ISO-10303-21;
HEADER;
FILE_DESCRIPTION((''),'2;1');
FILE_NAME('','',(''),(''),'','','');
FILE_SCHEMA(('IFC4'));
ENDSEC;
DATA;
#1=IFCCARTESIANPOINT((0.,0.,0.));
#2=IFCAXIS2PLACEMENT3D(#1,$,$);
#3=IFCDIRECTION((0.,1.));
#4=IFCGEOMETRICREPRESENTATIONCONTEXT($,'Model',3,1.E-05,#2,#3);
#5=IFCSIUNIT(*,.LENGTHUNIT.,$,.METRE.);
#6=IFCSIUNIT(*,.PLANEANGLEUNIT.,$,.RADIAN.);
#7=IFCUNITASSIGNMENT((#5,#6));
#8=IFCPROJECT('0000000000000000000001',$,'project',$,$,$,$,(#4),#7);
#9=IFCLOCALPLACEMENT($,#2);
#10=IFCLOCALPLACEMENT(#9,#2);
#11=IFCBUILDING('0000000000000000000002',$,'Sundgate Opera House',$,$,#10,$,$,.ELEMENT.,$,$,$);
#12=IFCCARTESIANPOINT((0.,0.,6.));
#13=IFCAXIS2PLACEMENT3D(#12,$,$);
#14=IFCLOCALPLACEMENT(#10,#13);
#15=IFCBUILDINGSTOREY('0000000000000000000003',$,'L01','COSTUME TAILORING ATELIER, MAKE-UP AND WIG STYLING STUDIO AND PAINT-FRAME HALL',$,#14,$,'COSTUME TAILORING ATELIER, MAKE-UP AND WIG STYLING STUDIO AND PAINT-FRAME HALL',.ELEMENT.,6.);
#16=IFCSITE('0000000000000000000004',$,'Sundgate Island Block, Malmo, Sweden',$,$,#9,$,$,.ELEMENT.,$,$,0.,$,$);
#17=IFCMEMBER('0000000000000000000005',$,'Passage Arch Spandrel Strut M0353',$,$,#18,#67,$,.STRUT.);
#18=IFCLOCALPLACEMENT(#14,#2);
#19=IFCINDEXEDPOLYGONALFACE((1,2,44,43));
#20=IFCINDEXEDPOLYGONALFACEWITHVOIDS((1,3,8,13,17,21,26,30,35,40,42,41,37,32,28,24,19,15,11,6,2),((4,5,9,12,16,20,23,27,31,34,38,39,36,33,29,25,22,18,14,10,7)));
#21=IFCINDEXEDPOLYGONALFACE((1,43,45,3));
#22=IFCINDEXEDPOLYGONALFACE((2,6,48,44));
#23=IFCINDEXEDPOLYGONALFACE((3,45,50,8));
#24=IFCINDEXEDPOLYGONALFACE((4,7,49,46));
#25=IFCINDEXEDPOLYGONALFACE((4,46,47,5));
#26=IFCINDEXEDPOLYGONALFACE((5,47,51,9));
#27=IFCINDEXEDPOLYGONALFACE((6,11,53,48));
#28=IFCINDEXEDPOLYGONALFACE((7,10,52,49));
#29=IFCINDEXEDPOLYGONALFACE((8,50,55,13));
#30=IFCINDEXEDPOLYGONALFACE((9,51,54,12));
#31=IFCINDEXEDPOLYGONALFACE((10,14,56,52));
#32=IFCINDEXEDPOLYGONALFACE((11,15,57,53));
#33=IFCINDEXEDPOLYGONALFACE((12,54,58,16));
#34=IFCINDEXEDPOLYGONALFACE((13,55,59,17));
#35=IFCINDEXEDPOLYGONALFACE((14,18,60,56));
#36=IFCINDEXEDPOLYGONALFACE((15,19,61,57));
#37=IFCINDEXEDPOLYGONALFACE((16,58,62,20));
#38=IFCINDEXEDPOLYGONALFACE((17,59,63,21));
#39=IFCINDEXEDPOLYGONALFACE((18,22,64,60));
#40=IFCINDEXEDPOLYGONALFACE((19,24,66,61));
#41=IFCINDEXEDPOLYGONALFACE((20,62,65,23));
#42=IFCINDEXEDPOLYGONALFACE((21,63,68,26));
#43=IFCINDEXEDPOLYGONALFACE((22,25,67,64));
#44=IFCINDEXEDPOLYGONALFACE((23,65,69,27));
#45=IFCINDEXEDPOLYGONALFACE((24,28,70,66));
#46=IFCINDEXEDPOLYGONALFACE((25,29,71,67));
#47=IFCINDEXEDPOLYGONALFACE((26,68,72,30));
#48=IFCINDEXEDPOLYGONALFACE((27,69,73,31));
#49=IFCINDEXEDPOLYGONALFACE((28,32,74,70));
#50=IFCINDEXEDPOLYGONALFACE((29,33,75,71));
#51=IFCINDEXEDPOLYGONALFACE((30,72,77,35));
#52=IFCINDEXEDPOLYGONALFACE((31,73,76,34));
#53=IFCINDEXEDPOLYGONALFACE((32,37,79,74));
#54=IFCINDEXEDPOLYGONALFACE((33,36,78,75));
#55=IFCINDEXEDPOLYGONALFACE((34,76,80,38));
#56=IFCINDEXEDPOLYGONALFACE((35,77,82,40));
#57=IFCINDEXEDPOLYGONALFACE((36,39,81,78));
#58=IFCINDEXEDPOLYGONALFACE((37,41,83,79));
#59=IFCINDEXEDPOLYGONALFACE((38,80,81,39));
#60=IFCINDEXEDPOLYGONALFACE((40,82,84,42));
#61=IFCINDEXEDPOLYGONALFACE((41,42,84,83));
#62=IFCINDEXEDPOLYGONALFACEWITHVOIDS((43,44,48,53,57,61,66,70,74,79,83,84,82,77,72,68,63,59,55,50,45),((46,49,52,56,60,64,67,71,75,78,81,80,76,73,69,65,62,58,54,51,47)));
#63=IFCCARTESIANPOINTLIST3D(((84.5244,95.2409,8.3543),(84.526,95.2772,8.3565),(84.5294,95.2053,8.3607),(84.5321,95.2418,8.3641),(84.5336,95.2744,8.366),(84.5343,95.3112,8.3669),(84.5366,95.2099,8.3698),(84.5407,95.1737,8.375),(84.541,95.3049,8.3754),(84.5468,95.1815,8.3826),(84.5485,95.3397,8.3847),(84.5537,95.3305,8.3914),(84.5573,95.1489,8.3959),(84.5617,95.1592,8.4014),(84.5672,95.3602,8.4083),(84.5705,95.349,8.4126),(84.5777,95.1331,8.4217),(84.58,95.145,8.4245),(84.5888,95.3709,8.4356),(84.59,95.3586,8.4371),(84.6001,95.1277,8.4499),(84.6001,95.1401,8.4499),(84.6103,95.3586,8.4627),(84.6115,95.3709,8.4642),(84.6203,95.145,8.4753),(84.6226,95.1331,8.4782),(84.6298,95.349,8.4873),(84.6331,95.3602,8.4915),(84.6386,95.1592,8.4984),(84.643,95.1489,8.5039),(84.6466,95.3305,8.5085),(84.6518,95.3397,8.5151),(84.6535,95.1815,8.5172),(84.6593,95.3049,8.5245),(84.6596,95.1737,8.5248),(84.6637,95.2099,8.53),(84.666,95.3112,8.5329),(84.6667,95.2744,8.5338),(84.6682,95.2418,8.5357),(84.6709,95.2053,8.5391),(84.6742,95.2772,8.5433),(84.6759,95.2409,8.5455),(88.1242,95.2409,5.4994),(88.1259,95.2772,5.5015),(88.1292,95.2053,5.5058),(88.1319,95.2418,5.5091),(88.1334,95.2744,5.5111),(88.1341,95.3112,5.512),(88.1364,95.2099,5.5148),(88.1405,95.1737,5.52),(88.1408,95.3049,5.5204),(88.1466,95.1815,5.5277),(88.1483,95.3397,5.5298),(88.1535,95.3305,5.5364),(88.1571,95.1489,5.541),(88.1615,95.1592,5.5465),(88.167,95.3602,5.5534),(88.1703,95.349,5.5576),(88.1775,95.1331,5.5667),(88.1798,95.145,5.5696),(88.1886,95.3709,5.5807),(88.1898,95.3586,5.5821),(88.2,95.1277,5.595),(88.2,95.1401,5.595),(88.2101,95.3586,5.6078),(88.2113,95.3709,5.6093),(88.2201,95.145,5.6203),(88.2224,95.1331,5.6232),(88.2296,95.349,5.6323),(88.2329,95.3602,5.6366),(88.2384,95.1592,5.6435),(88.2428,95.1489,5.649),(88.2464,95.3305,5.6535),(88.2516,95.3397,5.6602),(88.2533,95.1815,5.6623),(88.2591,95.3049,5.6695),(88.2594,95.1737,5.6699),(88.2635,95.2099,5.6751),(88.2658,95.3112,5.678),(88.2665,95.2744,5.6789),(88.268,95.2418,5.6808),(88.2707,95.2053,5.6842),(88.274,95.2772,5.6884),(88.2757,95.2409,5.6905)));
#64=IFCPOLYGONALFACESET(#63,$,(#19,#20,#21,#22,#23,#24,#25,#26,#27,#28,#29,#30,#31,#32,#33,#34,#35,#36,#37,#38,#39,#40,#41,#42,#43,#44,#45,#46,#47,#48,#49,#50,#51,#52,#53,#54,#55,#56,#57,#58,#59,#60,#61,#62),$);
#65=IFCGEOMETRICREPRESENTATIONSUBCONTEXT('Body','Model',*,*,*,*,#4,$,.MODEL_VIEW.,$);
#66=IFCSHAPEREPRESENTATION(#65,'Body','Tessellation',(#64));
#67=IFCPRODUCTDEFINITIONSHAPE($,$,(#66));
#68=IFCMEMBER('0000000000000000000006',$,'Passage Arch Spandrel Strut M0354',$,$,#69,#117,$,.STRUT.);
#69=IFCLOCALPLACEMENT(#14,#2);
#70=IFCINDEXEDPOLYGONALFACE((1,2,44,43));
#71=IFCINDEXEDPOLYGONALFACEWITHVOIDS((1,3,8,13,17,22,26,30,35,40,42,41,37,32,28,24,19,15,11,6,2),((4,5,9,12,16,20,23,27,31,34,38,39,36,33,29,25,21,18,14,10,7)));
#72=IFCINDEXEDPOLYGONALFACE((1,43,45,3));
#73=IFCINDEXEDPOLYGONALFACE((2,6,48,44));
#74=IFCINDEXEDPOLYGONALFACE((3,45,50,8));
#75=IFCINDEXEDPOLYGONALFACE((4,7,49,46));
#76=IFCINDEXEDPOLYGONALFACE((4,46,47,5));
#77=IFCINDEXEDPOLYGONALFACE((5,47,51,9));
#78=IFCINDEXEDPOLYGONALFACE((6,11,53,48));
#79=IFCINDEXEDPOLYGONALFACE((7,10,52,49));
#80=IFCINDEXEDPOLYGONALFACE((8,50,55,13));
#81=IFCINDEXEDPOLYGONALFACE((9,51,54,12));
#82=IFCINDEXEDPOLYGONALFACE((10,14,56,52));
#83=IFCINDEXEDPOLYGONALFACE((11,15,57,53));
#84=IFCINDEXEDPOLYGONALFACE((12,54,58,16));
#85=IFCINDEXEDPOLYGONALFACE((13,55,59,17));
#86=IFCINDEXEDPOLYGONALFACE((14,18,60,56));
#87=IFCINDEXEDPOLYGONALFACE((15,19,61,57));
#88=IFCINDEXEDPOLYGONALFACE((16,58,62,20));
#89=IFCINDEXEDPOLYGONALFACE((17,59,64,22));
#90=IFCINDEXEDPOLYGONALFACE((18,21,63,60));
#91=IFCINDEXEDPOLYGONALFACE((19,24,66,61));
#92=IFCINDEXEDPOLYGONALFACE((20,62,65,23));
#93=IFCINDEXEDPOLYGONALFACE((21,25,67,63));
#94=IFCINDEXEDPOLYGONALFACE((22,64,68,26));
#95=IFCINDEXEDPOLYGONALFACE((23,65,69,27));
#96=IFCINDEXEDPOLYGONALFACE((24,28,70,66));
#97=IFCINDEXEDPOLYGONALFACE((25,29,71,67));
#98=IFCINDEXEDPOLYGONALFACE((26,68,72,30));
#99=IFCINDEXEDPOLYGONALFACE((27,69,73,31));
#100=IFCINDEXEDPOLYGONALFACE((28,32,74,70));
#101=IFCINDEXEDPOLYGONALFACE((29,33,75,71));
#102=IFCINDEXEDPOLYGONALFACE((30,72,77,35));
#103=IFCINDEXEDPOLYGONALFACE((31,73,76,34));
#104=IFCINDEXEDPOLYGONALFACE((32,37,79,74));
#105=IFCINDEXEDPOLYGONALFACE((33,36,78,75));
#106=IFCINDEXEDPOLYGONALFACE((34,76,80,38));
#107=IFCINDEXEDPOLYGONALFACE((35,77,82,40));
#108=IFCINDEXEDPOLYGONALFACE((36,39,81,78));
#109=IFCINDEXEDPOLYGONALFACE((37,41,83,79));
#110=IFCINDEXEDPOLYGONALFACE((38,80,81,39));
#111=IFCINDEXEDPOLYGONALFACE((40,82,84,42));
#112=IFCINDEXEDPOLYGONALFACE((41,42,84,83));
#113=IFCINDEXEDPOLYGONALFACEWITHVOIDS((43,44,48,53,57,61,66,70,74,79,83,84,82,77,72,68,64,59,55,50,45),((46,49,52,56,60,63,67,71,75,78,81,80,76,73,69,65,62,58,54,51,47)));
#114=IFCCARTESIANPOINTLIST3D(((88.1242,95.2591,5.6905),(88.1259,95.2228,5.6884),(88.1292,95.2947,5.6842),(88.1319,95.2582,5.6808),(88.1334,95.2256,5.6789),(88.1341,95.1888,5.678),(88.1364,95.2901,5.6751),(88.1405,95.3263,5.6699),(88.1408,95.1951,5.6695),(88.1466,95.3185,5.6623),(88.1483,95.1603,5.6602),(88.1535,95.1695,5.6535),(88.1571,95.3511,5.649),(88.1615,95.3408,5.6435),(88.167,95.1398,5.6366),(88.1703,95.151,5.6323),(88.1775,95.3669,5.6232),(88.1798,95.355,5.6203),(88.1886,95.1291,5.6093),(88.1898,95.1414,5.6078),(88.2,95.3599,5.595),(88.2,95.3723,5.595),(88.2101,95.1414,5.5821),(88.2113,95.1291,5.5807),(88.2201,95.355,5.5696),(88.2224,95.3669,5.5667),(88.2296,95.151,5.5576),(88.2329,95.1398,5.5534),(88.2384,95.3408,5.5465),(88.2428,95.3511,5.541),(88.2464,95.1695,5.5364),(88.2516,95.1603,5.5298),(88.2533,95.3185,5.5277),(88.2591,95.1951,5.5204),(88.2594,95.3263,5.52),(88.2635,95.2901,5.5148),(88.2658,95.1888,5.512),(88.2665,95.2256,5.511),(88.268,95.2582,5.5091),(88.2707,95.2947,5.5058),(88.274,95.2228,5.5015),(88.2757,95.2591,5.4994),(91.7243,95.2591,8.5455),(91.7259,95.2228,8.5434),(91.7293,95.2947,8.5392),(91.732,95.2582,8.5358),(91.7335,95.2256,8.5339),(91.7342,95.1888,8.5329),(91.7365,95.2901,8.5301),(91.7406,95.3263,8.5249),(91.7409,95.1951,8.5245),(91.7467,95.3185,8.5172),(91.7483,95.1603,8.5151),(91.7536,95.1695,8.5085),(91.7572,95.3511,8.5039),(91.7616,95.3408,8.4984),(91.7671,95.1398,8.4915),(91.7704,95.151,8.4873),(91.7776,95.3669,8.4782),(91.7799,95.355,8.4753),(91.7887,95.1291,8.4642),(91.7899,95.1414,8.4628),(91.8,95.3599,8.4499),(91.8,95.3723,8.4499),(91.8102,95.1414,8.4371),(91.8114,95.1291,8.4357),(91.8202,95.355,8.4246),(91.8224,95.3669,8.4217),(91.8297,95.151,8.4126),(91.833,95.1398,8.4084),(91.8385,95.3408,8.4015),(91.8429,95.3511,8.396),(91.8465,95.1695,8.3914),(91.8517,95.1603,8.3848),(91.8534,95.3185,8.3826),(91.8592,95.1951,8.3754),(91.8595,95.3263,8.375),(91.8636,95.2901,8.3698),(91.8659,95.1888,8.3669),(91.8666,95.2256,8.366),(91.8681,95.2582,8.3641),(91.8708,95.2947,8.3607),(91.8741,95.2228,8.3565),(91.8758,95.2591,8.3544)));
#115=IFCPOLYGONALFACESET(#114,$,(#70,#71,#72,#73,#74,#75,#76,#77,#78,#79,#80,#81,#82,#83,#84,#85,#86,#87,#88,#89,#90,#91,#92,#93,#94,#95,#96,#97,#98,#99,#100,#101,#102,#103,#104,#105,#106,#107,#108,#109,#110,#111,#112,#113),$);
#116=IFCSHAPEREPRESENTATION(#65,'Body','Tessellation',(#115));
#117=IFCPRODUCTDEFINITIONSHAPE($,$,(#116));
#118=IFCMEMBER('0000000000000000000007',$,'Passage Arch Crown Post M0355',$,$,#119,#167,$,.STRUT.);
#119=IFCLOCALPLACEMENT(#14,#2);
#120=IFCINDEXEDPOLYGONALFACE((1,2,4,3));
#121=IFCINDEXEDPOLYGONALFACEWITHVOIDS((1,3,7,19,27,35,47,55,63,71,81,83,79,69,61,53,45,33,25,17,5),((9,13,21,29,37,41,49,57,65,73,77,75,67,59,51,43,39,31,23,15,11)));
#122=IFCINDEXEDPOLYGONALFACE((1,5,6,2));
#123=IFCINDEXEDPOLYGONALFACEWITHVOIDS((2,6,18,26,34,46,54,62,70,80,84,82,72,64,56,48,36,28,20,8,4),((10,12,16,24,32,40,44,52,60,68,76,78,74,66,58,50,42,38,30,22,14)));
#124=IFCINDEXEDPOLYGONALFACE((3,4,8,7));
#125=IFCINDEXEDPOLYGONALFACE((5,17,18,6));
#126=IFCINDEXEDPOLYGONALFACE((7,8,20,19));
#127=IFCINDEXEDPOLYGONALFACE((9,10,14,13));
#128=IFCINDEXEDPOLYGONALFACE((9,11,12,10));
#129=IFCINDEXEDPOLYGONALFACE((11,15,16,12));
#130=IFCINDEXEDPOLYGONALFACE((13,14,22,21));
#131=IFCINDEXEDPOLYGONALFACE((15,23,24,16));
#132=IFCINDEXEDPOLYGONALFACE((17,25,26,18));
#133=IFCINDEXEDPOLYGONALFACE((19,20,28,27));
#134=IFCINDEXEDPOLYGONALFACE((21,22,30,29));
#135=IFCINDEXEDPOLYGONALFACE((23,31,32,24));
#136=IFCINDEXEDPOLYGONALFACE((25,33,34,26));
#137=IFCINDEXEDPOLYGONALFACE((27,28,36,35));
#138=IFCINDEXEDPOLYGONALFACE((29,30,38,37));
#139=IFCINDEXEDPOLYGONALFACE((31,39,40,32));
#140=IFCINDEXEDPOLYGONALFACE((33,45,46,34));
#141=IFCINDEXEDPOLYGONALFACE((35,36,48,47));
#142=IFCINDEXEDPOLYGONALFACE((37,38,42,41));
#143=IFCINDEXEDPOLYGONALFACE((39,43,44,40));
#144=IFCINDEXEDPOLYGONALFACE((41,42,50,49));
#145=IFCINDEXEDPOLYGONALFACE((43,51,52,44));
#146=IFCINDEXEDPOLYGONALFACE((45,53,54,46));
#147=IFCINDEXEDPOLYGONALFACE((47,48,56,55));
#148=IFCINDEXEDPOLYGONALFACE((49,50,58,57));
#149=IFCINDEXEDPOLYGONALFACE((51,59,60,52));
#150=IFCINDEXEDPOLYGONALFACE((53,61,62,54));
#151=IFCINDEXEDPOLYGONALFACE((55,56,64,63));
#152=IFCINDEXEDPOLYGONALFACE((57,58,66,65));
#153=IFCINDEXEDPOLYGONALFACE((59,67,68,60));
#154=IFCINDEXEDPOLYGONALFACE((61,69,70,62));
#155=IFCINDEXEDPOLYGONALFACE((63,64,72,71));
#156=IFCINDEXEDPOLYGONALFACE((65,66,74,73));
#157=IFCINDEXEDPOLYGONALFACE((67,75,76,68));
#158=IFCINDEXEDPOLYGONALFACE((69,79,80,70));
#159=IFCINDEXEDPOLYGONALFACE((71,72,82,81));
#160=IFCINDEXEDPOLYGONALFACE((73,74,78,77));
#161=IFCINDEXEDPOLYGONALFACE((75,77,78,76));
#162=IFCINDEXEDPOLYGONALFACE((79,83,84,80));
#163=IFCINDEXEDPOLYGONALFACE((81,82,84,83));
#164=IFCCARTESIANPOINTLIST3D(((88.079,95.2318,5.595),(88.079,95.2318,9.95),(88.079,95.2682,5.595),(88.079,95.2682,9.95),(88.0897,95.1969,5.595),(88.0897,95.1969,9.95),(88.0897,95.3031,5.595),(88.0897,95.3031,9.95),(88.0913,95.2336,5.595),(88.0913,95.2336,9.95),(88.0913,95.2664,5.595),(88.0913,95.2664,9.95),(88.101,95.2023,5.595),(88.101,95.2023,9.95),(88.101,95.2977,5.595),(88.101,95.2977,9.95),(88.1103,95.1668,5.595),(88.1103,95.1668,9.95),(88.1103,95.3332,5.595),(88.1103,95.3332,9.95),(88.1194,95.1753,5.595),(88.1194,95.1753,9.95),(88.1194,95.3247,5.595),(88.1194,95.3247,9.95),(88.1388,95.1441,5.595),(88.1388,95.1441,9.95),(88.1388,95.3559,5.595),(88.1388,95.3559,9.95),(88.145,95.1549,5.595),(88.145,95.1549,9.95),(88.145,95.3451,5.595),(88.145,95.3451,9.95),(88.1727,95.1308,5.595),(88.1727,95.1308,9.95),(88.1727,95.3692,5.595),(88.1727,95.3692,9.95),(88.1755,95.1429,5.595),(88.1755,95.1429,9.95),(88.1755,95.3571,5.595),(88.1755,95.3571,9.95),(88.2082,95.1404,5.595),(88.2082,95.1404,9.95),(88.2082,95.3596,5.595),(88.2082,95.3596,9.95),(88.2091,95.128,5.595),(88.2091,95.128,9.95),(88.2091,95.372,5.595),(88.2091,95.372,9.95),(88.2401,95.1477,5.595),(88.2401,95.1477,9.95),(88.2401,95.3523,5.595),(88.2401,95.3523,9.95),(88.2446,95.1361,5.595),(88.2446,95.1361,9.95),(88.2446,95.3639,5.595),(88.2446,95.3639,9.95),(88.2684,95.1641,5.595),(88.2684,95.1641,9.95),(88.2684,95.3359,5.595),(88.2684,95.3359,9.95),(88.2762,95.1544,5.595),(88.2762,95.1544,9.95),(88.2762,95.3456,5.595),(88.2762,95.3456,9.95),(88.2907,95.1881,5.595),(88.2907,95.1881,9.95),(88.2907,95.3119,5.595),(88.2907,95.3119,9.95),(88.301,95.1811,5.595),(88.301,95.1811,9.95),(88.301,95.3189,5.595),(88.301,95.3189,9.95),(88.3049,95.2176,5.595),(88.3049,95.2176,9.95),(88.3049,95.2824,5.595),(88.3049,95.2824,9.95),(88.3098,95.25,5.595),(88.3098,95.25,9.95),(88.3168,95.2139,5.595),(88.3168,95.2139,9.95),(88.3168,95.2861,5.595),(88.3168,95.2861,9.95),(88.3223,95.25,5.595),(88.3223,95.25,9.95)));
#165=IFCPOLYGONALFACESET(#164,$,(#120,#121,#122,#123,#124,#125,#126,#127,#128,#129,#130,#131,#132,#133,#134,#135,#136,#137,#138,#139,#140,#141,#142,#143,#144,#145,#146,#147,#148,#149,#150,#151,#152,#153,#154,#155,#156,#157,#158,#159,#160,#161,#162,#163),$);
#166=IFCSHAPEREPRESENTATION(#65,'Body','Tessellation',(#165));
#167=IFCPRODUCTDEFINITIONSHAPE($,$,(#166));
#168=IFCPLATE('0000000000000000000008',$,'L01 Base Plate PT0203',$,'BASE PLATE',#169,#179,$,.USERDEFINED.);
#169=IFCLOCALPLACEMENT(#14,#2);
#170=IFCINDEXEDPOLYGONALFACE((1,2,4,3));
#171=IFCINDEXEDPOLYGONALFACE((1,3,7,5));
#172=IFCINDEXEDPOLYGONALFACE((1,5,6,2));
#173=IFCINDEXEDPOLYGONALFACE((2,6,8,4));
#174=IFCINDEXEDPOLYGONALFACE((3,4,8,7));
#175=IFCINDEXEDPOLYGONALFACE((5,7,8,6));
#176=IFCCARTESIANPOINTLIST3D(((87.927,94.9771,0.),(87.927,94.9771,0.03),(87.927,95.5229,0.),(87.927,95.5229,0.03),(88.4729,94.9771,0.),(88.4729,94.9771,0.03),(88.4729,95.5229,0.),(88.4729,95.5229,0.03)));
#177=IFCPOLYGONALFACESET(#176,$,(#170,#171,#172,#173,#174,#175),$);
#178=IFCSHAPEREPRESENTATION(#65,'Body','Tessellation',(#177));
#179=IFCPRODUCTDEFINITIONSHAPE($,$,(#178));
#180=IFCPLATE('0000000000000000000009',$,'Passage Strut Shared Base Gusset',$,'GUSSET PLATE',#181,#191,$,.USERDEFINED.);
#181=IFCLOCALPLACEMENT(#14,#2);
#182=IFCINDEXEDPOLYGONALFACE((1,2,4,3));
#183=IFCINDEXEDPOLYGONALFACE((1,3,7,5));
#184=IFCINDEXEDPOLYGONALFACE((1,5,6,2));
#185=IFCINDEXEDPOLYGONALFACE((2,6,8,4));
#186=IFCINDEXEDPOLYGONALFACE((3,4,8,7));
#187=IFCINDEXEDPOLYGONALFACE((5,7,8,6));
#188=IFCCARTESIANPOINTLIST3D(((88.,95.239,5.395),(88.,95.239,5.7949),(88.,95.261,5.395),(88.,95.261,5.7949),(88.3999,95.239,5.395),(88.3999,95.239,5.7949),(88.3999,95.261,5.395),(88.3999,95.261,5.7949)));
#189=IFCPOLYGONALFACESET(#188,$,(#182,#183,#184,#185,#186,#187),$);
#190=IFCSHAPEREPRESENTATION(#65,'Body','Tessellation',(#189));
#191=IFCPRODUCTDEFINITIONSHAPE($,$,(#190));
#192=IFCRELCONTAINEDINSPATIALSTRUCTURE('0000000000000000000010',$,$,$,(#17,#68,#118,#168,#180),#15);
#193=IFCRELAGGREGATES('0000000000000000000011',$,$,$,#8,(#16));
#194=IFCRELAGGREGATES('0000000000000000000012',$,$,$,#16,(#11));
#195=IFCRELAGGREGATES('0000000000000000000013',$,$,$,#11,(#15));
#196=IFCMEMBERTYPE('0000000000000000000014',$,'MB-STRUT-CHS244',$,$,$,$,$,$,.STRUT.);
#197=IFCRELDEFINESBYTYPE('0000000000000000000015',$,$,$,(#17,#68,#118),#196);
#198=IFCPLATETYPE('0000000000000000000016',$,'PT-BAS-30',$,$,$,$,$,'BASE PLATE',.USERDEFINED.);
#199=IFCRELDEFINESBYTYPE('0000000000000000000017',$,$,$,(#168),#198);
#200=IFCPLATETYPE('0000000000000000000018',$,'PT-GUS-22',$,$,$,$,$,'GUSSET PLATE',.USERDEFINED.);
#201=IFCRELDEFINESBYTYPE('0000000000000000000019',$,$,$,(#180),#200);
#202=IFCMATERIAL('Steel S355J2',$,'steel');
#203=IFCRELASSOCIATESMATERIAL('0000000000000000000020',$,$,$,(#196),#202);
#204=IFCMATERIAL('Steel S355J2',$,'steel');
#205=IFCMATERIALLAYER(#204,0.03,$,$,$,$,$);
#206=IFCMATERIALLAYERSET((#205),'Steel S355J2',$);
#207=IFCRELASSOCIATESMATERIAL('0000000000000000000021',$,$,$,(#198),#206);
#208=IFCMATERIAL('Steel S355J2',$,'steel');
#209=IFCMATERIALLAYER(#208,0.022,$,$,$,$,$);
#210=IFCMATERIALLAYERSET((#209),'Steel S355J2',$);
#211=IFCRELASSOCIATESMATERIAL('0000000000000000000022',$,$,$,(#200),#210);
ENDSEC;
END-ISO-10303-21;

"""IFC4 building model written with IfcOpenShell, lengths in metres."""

from ifc_helpers import new_model, si_unit, direction, frame, origin, origin_2d, place, context, subcontext, project, spatial, rectangle, hollow_circle, extrude, material, layer, layer_set, material_profile, profile_set, type_object, element, save


model = new_model("IFC4")

# Units and contexts
model_context = context("Model", 3, precision=1e-05, world=origin(), true_north=direction((0.0, 1.0)))
body_context = subcontext(model_context, "Body", "Model", "MODEL_VIEW")
ifc_project = project(units=[si_unit("LENGTHUNIT", "METRE"), si_unit("PLANEANGLEUNIT", "RADIAN")], contexts=[model_context])

# Site, building, storey
site_placement = place(None, origin())
site = spatial("IfcSite", under=ifc_project, at=site_placement, Name="Sundgate Island Block, Malmo, Sweden", CompositionType="ELEMENT", RefElevation=0.0)
building_placement = place(site_placement, origin())
building = spatial("IfcBuilding", under=site, at=building_placement, Name="Sundgate Opera House", CompositionType="ELEMENT")
storey_placement = place(building_placement, frame((0.0, 0.0, 6.0)))
storey = spatial("IfcBuildingStorey", under=building, at=storey_placement, Name="L01", Description="COSTUME TAILORING ATELIER, MAKE-UP AND WIG STYLING STUDIO AND PAINT-FRAME HALL", LongName="COSTUME TAILORING ATELIER, MAKE-UP AND WIG STYLING STUDIO AND PAINT-FRAME HALL", CompositionType="ELEMENT", Elevation=6.0)

# Members
ifc_material_1 = material(Name="Steel S355J2", Category="steel")
ifc_material_profile_1 = material_profile(ifc_material_1, hollow_circle(Radius=0.1223, WallThickness=0.0125, at=origin_2d()), Name="CHS 244.5x12.5")
ifc_profile_set_1 = profile_set([ifc_material_profile_1], Name="Steel S355J2")
member_type = type_object("IfcMemberType", Name="MB-STRUT-CHS244", PredefinedType="STRUT", material=ifc_profile_set_1)
member_1_placement = place(storey_placement, frame((88.2, 95.25, 5.595), z_axis=(-0.783506, 0.0, 0.621385), x_axis=(0.0, -1.0, 0.0)))
element("IfcMember", 1, at=member_1_placement, inside=storey, type_object=member_type, Name="Passage Arch Spandrel Strut M0353", PredefinedType="STRUT", context=body_context, shape_type="SweptSolid", body=[
    extrude(hollow_circle(Radius=0.1223, WallThickness=0.0125, at=origin_2d()), origin(), (0.0, 0.0, 1.0), 4.5945),
])
member_2_placement = place(storey_placement, frame((88.2, 95.25, 5.595), z_axis=(0.783526, 0.0, 0.621359), x_axis=(0.0, 1.0, 0.0)))
element("IfcMember", 2, at=member_2_placement, inside=storey, type_object=member_type, Name="Passage Arch Spandrel Strut M0354", PredefinedType="STRUT", context=body_context, shape_type="SweptSolid", body=[
    extrude(hollow_circle(Radius=0.1223, WallThickness=0.0125, at=origin_2d()), origin(), (0.0, 0.0, 1.0), 4.5947),
])
member_3_placement = place(storey_placement, frame((88.2, 95.25, 5.595), z_axis=(0.0, 0.0, 1.0), x_axis=(1.0, 0.0, 0.0)))
element("IfcMember", 3, at=member_3_placement, inside=storey, type_object=member_type, Name="Passage Arch Crown Post M0355", PredefinedType="STRUT", context=body_context, shape_type="SweptSolid", body=[
    extrude(hollow_circle(Radius=0.1223, WallThickness=0.0125, at=origin_2d()), origin(), (0.0, 0.0, 1.0), 4.355),
])

# Plates
ifc_material_2 = material(Name="Steel S355J2", Category="steel")
ifc_layer_1 = layer(ifc_material_2, 0.03)
ifc_layer_set_1 = layer_set([ifc_layer_1], Name="Steel S355J2")
plate_type_1 = type_object("IfcPlateType", Name="PT-BAS-30", ElementType="BASE PLATE", PredefinedType="USERDEFINED", material=ifc_layer_set_1)
plate_1_placement = place(storey_placement, frame((88.2, 95.25, 0.0), z_axis=(0.0, 0.0, 1.0), x_axis=(1.0, 0.0, 0.0)))
element("IfcPlate", 4, at=plate_1_placement, inside=storey, type_object=plate_type_1, Name="L01 Base Plate PT0203", ObjectType="BASE PLATE", PredefinedType="USERDEFINED", context=body_context, shape_type="SweptSolid", body=[
    extrude(rectangle(XDim=0.5459, YDim=0.5459, at=origin_2d()), origin(), (0.0, 0.0, 1.0), 0.03),
])
ifc_material_3 = material(Name="Steel S355J2", Category="steel")
ifc_layer_2 = layer(ifc_material_3, 0.022)
ifc_layer_set_2 = layer_set([ifc_layer_2], Name="Steel S355J2")
plate_type_2 = type_object("IfcPlateType", Name="PT-GUS-22", ElementType="GUSSET PLATE", PredefinedType="USERDEFINED", material=ifc_layer_set_2)
plate_2_placement = place(storey_placement, frame((88.2, 95.25, 5.395), z_axis=(0.0, 0.0, 1.0), x_axis=(1.0, 0.0, 0.0)))
element("IfcPlate", 5, at=plate_2_placement, inside=storey, type_object=plate_type_2, Name="Passage Strut Shared Base Gusset", ObjectType="GUSSET PLATE", PredefinedType="USERDEFINED", context=body_context, shape_type="SweptSolid", body=[
    extrude(rectangle(XDim=0.3999, YDim=0.022, at=origin_2d()), origin(), (0.0, 0.0, 1.0), 0.3999),
])

save(model, "model.ifc")
